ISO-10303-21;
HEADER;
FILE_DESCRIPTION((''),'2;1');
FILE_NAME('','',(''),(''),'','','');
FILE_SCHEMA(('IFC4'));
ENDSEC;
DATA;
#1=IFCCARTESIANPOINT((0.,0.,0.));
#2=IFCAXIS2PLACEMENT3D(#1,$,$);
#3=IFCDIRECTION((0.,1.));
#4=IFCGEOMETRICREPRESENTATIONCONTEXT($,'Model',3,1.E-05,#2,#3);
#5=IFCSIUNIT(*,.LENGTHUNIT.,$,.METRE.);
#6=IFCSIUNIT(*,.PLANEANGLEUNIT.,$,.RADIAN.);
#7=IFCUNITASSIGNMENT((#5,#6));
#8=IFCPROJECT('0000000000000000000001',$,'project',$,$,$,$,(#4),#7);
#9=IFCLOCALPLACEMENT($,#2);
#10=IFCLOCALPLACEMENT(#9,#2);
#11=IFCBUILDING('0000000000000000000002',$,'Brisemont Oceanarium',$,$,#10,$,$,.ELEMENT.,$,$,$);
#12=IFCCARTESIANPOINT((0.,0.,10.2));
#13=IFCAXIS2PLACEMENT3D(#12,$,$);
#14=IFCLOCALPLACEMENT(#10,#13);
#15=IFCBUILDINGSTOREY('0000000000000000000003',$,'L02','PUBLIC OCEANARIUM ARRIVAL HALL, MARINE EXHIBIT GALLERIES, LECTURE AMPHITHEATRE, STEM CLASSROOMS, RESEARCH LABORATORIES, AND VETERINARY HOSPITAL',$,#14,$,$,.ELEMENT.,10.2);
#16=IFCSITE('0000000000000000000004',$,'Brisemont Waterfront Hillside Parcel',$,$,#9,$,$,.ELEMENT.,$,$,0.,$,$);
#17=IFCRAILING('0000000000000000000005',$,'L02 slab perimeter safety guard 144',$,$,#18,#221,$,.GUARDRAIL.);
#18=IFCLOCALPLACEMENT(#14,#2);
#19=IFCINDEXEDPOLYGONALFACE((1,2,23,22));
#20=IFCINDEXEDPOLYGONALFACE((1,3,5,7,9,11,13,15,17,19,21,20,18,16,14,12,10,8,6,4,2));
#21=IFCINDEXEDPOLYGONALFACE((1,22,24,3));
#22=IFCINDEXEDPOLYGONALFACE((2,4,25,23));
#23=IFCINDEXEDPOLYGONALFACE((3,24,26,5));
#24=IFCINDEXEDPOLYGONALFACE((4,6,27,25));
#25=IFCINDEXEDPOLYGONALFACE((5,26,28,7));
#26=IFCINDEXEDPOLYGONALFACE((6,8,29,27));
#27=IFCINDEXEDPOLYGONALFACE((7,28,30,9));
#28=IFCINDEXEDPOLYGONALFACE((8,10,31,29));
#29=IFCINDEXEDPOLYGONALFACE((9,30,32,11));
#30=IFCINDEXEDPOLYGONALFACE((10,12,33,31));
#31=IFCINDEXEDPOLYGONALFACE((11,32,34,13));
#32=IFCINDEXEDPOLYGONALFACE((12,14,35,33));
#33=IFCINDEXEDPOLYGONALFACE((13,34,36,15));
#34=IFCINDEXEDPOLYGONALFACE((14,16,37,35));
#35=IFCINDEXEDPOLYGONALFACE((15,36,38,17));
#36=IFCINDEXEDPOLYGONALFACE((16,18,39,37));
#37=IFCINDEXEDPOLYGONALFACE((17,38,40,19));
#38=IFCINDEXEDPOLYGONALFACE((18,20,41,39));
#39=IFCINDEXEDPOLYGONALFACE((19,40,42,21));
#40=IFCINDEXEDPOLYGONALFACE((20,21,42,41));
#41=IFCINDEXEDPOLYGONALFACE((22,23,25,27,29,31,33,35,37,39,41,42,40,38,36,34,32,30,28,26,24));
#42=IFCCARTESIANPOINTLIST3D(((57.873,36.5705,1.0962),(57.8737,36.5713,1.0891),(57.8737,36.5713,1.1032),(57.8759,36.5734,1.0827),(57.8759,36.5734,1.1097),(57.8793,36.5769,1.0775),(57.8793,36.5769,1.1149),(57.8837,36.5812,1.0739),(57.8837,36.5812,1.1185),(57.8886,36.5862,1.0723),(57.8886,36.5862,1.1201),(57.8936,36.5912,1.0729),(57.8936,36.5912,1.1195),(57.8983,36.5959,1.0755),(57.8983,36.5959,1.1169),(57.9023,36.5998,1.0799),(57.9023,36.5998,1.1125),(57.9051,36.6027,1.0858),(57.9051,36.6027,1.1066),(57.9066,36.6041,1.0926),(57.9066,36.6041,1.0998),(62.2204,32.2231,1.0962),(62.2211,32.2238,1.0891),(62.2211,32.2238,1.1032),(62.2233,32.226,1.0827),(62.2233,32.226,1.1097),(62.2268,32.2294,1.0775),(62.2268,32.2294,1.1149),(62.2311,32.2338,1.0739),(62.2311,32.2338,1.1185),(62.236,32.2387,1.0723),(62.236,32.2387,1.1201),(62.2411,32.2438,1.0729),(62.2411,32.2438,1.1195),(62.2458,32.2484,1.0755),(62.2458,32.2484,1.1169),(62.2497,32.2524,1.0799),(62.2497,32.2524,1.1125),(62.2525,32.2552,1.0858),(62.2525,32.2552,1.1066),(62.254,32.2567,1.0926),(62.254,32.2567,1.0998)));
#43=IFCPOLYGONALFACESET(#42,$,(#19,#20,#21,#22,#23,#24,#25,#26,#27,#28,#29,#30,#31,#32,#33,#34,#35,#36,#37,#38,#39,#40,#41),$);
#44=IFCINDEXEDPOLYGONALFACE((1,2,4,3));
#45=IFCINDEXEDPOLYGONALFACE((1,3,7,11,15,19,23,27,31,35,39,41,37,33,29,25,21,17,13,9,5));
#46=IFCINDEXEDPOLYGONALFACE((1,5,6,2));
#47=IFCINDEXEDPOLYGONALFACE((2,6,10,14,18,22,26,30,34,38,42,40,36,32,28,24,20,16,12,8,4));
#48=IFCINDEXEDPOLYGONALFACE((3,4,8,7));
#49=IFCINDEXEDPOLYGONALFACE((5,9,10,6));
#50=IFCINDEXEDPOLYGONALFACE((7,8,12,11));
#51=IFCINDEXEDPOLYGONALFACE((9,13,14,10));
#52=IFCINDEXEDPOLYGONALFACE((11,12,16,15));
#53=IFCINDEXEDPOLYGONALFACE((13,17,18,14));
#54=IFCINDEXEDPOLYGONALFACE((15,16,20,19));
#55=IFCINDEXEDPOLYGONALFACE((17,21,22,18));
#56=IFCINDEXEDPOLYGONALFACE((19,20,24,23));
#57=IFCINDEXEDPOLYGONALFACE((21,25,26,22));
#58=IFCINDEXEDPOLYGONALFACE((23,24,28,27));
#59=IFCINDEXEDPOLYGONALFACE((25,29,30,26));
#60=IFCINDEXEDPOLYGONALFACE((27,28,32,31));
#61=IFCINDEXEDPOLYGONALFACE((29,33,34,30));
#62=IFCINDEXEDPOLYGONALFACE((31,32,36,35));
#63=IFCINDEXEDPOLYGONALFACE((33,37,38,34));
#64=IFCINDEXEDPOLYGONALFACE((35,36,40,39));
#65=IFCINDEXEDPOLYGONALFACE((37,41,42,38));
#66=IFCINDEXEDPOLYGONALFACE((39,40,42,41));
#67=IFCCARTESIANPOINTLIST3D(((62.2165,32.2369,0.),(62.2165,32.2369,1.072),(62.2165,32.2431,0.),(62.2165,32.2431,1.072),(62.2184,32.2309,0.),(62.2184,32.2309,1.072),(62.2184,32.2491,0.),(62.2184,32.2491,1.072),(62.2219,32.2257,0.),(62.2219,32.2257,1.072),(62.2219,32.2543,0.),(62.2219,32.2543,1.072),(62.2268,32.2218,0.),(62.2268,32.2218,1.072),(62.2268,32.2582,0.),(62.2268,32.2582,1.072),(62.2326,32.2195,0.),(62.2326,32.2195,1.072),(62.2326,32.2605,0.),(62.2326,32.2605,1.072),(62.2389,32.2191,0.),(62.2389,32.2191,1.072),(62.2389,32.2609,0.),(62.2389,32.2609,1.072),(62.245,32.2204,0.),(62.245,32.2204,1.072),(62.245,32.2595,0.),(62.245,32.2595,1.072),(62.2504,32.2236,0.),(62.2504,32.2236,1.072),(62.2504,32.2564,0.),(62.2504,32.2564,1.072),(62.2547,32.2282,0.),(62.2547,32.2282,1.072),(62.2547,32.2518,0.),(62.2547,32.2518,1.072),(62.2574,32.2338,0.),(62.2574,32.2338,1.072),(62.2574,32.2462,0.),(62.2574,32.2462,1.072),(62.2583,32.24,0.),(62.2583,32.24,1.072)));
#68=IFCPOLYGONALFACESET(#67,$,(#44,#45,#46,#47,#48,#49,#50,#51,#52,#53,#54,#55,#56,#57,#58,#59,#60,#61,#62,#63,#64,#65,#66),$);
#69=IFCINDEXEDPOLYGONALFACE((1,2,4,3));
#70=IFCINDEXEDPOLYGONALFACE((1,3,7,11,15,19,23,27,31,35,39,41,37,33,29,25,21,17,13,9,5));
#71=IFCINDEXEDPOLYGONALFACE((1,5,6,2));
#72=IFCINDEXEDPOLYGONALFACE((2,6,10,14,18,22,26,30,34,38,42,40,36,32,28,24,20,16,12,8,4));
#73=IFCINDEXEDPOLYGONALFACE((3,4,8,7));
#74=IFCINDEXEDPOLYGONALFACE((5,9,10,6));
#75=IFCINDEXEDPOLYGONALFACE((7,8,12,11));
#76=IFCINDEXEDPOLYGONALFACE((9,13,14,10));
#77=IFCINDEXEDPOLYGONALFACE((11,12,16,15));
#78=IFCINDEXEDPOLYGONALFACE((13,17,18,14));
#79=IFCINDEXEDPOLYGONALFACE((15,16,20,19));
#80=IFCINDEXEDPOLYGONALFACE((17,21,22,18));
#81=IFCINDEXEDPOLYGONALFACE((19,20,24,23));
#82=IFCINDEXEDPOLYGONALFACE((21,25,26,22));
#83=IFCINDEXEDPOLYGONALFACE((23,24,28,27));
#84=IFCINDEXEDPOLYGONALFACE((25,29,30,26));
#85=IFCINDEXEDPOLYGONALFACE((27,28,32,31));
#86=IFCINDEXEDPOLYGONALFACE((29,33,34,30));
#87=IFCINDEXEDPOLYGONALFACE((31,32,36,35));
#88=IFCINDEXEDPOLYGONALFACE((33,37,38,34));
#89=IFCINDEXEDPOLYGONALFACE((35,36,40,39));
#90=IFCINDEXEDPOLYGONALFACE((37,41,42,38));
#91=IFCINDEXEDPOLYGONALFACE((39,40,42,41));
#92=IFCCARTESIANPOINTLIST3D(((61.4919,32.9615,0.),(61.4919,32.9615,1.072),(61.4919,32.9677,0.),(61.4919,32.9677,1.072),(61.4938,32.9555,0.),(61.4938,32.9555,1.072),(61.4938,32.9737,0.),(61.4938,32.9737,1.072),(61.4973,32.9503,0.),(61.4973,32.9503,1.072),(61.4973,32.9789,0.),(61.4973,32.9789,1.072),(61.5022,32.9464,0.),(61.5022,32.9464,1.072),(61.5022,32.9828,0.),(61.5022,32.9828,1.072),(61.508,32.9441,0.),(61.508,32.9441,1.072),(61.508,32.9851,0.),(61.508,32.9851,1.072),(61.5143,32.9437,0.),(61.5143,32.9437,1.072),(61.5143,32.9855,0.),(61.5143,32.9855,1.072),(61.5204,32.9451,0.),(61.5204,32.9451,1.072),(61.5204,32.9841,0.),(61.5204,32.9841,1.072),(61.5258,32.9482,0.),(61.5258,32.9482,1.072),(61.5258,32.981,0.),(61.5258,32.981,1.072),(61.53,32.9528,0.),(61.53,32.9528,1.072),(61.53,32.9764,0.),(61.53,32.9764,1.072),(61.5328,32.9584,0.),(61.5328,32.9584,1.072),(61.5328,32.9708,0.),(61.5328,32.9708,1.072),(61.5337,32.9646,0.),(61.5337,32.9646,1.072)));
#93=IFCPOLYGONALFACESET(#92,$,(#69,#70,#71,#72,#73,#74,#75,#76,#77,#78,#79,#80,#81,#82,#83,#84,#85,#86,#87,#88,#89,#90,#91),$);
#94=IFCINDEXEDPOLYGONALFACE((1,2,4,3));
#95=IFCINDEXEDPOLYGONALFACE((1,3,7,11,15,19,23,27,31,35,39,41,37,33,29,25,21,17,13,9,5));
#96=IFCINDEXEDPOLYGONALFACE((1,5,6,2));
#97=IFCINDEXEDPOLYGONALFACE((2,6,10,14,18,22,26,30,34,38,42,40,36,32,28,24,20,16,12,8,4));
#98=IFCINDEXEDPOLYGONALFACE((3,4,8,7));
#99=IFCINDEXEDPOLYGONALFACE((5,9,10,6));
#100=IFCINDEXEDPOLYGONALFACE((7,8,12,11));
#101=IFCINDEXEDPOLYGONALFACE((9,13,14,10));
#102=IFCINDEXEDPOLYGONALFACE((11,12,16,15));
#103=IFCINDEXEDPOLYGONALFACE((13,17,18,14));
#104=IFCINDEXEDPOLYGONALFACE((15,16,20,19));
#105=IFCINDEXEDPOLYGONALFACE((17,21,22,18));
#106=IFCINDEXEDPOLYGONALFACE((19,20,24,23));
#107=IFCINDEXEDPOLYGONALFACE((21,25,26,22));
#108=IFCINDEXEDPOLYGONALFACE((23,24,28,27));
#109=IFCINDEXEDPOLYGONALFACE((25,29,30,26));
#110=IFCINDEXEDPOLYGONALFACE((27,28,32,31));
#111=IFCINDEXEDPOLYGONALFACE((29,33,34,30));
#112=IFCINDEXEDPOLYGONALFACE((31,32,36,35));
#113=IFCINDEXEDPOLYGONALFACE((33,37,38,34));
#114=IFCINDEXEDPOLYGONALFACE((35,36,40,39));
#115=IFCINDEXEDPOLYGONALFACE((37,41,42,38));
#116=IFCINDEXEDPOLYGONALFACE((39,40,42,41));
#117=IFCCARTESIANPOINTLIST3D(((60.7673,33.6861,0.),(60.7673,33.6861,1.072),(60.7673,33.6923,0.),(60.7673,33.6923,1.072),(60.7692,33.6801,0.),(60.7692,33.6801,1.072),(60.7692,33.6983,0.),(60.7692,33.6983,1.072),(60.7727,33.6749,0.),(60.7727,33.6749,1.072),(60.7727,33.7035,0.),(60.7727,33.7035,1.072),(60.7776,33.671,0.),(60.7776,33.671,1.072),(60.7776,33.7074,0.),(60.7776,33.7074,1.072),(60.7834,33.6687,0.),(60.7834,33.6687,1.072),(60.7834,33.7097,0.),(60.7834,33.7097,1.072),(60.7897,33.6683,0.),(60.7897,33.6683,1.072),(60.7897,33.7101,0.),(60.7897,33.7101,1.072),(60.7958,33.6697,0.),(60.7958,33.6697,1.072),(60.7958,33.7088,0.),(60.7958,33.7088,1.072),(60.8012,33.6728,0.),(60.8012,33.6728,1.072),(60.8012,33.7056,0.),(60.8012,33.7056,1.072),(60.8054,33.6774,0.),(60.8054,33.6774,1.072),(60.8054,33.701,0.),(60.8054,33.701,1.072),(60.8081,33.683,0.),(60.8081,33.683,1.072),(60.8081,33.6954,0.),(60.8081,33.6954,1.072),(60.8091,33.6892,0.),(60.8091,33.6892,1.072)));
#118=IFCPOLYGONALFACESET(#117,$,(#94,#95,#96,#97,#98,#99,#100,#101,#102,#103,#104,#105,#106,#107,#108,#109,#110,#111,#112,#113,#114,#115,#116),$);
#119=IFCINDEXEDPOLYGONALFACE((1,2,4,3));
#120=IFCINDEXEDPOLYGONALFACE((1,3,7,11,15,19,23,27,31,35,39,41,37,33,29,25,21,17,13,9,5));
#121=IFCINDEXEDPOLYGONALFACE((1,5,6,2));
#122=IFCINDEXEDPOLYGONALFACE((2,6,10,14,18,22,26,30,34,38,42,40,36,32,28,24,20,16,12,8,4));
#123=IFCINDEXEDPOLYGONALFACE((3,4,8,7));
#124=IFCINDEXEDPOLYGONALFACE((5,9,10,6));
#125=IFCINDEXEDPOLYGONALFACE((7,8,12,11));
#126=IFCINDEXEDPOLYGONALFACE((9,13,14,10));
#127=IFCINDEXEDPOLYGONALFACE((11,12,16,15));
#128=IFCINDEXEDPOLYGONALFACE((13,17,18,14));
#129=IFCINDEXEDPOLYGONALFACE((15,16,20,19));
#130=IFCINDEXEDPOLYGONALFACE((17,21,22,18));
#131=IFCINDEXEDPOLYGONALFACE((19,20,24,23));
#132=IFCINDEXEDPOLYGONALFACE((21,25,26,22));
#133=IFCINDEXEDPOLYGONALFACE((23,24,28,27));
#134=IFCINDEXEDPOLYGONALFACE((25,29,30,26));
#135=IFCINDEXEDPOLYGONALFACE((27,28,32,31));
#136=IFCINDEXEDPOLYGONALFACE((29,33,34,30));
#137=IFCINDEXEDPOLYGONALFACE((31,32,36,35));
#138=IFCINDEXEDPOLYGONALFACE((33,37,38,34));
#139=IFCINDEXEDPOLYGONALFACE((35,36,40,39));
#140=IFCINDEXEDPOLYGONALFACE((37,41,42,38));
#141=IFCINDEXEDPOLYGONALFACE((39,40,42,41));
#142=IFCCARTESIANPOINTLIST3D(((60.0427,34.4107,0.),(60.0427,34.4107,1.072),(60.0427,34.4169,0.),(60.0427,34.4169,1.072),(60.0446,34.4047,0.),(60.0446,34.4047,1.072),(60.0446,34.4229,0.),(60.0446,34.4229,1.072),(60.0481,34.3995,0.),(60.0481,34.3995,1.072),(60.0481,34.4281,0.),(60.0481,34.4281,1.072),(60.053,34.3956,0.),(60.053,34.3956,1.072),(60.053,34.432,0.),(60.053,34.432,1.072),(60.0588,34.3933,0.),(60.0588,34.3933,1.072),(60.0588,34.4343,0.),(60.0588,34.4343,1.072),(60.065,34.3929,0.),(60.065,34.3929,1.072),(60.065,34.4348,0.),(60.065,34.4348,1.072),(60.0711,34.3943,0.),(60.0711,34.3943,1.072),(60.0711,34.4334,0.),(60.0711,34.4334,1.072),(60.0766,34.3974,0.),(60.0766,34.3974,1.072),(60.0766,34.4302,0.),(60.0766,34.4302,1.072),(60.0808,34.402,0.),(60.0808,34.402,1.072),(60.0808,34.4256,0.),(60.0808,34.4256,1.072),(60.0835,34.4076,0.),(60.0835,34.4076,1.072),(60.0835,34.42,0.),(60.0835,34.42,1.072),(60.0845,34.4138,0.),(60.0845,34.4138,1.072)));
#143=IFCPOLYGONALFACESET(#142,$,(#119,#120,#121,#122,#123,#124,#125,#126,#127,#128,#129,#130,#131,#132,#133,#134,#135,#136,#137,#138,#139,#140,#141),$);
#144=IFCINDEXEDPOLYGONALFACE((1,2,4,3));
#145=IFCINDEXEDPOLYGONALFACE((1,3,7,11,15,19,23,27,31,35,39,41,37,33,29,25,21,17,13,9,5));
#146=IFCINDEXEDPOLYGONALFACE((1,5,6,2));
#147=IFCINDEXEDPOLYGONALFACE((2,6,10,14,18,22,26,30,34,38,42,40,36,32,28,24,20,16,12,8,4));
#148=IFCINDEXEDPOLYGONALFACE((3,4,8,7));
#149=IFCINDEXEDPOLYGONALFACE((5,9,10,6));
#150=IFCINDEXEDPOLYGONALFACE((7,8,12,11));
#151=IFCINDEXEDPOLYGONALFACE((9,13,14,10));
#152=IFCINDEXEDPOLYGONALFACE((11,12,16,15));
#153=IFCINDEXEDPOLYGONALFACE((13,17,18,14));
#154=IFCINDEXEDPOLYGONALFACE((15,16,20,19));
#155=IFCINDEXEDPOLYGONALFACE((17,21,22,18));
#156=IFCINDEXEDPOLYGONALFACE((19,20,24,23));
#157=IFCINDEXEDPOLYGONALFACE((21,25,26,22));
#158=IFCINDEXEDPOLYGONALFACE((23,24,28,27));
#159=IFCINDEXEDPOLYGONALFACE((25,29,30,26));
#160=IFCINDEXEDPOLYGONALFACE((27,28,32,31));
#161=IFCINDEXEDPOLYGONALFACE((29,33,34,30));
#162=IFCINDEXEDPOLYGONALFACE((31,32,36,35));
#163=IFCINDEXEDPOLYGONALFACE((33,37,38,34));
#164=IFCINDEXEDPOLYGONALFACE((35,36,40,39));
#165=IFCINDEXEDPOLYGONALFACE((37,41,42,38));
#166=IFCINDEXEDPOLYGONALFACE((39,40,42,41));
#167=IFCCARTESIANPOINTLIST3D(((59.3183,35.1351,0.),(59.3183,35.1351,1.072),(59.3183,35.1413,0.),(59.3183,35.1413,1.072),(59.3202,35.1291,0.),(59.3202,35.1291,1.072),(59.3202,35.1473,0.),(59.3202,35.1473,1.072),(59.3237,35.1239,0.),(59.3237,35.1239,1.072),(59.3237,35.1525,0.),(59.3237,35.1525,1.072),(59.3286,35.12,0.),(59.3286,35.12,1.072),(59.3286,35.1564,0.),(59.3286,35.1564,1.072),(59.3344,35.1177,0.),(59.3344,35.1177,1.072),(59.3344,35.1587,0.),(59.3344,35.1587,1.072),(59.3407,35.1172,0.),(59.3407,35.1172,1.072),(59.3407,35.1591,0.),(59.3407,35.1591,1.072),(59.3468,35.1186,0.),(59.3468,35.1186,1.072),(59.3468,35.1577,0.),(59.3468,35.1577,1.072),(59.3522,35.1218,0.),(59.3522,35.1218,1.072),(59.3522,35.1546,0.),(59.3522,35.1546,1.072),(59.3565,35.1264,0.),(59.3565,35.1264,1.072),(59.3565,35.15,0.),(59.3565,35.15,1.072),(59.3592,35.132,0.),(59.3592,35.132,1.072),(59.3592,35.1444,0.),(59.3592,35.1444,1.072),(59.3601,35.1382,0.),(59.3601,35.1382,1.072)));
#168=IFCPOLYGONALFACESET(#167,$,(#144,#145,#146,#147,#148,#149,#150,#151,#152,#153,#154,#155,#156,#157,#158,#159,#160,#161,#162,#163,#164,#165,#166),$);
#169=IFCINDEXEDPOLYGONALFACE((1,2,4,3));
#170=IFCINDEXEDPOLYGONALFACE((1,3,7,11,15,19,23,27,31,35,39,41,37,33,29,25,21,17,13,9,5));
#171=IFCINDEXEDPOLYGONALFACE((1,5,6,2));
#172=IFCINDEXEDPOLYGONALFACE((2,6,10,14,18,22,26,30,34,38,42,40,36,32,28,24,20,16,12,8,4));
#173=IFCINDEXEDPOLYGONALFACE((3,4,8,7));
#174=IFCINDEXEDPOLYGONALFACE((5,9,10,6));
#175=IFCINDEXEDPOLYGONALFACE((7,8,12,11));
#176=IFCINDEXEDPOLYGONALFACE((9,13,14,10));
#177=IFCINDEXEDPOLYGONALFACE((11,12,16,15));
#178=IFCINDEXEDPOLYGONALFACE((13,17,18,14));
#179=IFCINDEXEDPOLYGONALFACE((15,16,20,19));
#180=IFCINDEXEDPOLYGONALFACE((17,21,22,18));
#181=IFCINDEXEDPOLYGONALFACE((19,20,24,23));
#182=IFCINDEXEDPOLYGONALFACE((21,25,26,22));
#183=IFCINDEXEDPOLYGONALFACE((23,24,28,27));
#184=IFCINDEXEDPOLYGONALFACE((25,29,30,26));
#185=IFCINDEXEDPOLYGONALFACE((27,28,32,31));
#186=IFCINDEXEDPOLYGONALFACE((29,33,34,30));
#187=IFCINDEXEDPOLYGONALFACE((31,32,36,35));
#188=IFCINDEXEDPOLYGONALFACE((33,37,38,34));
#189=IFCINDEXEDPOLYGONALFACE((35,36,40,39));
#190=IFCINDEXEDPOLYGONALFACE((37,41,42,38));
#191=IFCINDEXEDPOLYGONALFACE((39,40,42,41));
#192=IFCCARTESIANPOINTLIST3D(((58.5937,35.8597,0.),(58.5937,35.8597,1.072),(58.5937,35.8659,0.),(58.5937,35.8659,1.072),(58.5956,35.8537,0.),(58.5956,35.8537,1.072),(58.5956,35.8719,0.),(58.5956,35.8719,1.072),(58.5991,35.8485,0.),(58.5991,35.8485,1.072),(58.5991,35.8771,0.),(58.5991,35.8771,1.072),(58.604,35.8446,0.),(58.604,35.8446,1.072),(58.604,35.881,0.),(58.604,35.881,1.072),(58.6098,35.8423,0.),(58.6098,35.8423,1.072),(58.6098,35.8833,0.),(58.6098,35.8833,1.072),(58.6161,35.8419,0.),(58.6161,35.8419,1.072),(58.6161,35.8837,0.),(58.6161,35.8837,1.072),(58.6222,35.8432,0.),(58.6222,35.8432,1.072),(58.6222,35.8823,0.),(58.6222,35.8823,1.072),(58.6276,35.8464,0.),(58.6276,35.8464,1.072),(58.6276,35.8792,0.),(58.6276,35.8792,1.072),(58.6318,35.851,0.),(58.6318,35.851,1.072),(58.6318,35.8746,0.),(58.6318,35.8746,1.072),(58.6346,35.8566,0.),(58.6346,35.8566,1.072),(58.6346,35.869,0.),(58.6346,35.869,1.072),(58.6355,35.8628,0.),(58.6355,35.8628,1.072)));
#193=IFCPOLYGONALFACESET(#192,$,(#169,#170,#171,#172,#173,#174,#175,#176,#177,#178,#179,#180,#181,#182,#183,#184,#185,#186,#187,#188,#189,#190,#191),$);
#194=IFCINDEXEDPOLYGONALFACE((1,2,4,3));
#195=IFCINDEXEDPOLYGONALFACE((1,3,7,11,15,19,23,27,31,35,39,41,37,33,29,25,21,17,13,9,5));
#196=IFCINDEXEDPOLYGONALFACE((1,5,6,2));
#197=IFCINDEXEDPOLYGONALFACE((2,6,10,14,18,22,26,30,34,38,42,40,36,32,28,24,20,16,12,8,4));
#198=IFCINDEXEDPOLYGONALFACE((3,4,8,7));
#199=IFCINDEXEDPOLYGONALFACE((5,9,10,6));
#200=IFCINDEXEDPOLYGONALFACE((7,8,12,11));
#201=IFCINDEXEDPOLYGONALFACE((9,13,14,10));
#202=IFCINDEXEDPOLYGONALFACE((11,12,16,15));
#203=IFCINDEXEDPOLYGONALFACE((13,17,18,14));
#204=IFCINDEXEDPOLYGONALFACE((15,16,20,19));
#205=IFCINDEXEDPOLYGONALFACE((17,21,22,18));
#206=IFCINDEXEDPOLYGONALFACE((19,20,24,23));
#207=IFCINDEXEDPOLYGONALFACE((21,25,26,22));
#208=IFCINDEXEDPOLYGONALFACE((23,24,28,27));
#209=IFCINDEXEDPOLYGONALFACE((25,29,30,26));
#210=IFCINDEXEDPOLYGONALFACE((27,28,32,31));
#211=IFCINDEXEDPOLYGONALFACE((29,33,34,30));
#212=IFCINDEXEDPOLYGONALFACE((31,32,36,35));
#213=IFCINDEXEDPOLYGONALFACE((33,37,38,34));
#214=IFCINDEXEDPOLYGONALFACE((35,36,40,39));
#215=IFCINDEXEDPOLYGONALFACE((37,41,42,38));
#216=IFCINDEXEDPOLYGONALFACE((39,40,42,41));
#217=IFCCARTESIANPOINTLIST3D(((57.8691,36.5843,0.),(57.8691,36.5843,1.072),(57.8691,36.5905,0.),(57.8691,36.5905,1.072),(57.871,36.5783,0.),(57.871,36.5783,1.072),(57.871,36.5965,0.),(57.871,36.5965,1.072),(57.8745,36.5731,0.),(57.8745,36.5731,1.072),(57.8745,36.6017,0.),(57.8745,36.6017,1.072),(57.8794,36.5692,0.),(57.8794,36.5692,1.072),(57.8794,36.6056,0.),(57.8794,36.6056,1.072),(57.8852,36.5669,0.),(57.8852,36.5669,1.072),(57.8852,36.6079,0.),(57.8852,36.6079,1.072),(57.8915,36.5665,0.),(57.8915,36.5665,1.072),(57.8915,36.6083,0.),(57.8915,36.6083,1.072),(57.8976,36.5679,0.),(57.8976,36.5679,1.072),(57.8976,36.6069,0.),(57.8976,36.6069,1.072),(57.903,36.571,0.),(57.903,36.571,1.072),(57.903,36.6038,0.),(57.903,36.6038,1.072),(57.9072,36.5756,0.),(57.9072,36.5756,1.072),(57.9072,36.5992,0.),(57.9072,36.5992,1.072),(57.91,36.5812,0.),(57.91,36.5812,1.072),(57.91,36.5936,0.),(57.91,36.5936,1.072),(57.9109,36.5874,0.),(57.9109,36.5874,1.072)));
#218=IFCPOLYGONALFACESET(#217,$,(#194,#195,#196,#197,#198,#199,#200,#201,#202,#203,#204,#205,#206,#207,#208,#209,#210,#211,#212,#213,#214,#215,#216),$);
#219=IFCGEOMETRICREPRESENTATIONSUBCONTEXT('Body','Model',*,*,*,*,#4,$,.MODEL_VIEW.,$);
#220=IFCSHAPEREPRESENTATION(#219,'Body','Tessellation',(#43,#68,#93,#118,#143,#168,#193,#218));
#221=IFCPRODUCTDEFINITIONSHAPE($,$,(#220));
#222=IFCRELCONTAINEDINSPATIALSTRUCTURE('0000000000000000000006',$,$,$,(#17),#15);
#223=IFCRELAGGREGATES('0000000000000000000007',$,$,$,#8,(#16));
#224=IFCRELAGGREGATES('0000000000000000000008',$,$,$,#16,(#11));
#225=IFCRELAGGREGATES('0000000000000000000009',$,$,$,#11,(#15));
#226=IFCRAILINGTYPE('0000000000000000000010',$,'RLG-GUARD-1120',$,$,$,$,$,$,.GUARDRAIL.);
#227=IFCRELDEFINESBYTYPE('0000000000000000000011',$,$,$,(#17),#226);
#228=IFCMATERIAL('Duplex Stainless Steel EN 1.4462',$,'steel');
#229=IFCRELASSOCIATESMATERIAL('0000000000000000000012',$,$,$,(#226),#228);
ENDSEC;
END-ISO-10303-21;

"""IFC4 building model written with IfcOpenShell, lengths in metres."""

from ifc_helpers import new_model, si_unit, direction, frame, origin, origin_2d, place, context, subcontext, project, spatial, circle, extrude, material, type_object, element, save


model = new_model("IFC4")

# Units and contexts
model_context = context("Model", 3, precision=1e-05, world=origin(), true_north=direction((0.0, 1.0)))
body_context = subcontext(model_context, "Body", "Model", "MODEL_VIEW")
ifc_project = project(units=[si_unit("LENGTHUNIT", "METRE"), si_unit("PLANEANGLEUNIT", "RADIAN")], contexts=[model_context])

# Site, building, storey
site_placement = place(None, origin())
site = spatial("IfcSite", under=ifc_project, at=site_placement, Name="Brisemont Waterfront Hillside Parcel", CompositionType="ELEMENT", RefElevation=0.0)
building_placement = place(site_placement, origin())
building = spatial("IfcBuilding", under=site, at=building_placement, Name="Brisemont Oceanarium", CompositionType="ELEMENT")
storey_placement = place(building_placement, frame((0.0, 0.0, 10.2)))
storey = spatial("IfcBuildingStorey", under=building, at=storey_placement, Name="L02", Description="PUBLIC OCEANARIUM ARRIVAL HALL, MARINE EXHIBIT GALLERIES, LECTURE AMPHITHEATRE, STEM CLASSROOMS, RESEARCH LABORATORIES, AND VETERINARY HOSPITAL", CompositionType="ELEMENT", Elevation=10.2)

# Railing
ifc_material_1 = material(Name="Duplex Stainless Steel EN 1.4462", Category="steel")
railing_type = type_object("IfcRailingType", Name="RLG-GUARD-1120", PredefinedType="GUARDRAIL", material=ifc_material_1)
railing_1_placement = place(storey_placement, frame((62.2373, 32.24, 0.0)))
element("IfcRailing", 1, at=railing_1_placement, inside=storey, type_object=railing_type, Name="L02 slab perimeter safety guard 144", PredefinedType="GUARDRAIL", context=body_context, shape_type="SweptSolid", body=[
    extrude(circle(Radius=0.0239, at=origin_2d()), frame((0.0, 0.0, 1.0962), z_axis=(-0.707107, 0.707107, 0.0), x_axis=(-0.707107, -0.707107, 0.0)), (0.0, 0.0, 1.0), 6.1482),
    extrude(circle(Radius=0.021, at=origin_2d()), origin(), (0.0, 0.0, 1.0), 1.072),
    extrude(circle(Radius=0.021, at=origin_2d()), frame((-0.7246, 0.7246, 0.0)), (0.0, 0.0, 1.0), 1.072),
    extrude(circle(Radius=0.021, at=origin_2d()), frame((-1.4492, 1.4492, 0.0)), (0.0, 0.0, 1.0), 1.072),
    extrude(circle(Radius=0.021, at=origin_2d()), frame((-2.1738, 2.1738, 0.0)), (0.0, 0.0, 1.0), 1.072),
    extrude(circle(Radius=0.021, at=origin_2d()), frame((-2.8982, 2.8982, 0.0)), (0.0, 0.0, 1.0), 1.072),
    extrude(circle(Radius=0.021, at=origin_2d()), frame((-3.6228, 3.6228, 0.0)), (0.0, 0.0, 1.0), 1.072),
    extrude(circle(Radius=0.021, at=origin_2d()), frame((-4.3474, 4.3474, 0.0)), (0.0, 0.0, 1.0), 1.072),
])

save(model, "model.ifc")
